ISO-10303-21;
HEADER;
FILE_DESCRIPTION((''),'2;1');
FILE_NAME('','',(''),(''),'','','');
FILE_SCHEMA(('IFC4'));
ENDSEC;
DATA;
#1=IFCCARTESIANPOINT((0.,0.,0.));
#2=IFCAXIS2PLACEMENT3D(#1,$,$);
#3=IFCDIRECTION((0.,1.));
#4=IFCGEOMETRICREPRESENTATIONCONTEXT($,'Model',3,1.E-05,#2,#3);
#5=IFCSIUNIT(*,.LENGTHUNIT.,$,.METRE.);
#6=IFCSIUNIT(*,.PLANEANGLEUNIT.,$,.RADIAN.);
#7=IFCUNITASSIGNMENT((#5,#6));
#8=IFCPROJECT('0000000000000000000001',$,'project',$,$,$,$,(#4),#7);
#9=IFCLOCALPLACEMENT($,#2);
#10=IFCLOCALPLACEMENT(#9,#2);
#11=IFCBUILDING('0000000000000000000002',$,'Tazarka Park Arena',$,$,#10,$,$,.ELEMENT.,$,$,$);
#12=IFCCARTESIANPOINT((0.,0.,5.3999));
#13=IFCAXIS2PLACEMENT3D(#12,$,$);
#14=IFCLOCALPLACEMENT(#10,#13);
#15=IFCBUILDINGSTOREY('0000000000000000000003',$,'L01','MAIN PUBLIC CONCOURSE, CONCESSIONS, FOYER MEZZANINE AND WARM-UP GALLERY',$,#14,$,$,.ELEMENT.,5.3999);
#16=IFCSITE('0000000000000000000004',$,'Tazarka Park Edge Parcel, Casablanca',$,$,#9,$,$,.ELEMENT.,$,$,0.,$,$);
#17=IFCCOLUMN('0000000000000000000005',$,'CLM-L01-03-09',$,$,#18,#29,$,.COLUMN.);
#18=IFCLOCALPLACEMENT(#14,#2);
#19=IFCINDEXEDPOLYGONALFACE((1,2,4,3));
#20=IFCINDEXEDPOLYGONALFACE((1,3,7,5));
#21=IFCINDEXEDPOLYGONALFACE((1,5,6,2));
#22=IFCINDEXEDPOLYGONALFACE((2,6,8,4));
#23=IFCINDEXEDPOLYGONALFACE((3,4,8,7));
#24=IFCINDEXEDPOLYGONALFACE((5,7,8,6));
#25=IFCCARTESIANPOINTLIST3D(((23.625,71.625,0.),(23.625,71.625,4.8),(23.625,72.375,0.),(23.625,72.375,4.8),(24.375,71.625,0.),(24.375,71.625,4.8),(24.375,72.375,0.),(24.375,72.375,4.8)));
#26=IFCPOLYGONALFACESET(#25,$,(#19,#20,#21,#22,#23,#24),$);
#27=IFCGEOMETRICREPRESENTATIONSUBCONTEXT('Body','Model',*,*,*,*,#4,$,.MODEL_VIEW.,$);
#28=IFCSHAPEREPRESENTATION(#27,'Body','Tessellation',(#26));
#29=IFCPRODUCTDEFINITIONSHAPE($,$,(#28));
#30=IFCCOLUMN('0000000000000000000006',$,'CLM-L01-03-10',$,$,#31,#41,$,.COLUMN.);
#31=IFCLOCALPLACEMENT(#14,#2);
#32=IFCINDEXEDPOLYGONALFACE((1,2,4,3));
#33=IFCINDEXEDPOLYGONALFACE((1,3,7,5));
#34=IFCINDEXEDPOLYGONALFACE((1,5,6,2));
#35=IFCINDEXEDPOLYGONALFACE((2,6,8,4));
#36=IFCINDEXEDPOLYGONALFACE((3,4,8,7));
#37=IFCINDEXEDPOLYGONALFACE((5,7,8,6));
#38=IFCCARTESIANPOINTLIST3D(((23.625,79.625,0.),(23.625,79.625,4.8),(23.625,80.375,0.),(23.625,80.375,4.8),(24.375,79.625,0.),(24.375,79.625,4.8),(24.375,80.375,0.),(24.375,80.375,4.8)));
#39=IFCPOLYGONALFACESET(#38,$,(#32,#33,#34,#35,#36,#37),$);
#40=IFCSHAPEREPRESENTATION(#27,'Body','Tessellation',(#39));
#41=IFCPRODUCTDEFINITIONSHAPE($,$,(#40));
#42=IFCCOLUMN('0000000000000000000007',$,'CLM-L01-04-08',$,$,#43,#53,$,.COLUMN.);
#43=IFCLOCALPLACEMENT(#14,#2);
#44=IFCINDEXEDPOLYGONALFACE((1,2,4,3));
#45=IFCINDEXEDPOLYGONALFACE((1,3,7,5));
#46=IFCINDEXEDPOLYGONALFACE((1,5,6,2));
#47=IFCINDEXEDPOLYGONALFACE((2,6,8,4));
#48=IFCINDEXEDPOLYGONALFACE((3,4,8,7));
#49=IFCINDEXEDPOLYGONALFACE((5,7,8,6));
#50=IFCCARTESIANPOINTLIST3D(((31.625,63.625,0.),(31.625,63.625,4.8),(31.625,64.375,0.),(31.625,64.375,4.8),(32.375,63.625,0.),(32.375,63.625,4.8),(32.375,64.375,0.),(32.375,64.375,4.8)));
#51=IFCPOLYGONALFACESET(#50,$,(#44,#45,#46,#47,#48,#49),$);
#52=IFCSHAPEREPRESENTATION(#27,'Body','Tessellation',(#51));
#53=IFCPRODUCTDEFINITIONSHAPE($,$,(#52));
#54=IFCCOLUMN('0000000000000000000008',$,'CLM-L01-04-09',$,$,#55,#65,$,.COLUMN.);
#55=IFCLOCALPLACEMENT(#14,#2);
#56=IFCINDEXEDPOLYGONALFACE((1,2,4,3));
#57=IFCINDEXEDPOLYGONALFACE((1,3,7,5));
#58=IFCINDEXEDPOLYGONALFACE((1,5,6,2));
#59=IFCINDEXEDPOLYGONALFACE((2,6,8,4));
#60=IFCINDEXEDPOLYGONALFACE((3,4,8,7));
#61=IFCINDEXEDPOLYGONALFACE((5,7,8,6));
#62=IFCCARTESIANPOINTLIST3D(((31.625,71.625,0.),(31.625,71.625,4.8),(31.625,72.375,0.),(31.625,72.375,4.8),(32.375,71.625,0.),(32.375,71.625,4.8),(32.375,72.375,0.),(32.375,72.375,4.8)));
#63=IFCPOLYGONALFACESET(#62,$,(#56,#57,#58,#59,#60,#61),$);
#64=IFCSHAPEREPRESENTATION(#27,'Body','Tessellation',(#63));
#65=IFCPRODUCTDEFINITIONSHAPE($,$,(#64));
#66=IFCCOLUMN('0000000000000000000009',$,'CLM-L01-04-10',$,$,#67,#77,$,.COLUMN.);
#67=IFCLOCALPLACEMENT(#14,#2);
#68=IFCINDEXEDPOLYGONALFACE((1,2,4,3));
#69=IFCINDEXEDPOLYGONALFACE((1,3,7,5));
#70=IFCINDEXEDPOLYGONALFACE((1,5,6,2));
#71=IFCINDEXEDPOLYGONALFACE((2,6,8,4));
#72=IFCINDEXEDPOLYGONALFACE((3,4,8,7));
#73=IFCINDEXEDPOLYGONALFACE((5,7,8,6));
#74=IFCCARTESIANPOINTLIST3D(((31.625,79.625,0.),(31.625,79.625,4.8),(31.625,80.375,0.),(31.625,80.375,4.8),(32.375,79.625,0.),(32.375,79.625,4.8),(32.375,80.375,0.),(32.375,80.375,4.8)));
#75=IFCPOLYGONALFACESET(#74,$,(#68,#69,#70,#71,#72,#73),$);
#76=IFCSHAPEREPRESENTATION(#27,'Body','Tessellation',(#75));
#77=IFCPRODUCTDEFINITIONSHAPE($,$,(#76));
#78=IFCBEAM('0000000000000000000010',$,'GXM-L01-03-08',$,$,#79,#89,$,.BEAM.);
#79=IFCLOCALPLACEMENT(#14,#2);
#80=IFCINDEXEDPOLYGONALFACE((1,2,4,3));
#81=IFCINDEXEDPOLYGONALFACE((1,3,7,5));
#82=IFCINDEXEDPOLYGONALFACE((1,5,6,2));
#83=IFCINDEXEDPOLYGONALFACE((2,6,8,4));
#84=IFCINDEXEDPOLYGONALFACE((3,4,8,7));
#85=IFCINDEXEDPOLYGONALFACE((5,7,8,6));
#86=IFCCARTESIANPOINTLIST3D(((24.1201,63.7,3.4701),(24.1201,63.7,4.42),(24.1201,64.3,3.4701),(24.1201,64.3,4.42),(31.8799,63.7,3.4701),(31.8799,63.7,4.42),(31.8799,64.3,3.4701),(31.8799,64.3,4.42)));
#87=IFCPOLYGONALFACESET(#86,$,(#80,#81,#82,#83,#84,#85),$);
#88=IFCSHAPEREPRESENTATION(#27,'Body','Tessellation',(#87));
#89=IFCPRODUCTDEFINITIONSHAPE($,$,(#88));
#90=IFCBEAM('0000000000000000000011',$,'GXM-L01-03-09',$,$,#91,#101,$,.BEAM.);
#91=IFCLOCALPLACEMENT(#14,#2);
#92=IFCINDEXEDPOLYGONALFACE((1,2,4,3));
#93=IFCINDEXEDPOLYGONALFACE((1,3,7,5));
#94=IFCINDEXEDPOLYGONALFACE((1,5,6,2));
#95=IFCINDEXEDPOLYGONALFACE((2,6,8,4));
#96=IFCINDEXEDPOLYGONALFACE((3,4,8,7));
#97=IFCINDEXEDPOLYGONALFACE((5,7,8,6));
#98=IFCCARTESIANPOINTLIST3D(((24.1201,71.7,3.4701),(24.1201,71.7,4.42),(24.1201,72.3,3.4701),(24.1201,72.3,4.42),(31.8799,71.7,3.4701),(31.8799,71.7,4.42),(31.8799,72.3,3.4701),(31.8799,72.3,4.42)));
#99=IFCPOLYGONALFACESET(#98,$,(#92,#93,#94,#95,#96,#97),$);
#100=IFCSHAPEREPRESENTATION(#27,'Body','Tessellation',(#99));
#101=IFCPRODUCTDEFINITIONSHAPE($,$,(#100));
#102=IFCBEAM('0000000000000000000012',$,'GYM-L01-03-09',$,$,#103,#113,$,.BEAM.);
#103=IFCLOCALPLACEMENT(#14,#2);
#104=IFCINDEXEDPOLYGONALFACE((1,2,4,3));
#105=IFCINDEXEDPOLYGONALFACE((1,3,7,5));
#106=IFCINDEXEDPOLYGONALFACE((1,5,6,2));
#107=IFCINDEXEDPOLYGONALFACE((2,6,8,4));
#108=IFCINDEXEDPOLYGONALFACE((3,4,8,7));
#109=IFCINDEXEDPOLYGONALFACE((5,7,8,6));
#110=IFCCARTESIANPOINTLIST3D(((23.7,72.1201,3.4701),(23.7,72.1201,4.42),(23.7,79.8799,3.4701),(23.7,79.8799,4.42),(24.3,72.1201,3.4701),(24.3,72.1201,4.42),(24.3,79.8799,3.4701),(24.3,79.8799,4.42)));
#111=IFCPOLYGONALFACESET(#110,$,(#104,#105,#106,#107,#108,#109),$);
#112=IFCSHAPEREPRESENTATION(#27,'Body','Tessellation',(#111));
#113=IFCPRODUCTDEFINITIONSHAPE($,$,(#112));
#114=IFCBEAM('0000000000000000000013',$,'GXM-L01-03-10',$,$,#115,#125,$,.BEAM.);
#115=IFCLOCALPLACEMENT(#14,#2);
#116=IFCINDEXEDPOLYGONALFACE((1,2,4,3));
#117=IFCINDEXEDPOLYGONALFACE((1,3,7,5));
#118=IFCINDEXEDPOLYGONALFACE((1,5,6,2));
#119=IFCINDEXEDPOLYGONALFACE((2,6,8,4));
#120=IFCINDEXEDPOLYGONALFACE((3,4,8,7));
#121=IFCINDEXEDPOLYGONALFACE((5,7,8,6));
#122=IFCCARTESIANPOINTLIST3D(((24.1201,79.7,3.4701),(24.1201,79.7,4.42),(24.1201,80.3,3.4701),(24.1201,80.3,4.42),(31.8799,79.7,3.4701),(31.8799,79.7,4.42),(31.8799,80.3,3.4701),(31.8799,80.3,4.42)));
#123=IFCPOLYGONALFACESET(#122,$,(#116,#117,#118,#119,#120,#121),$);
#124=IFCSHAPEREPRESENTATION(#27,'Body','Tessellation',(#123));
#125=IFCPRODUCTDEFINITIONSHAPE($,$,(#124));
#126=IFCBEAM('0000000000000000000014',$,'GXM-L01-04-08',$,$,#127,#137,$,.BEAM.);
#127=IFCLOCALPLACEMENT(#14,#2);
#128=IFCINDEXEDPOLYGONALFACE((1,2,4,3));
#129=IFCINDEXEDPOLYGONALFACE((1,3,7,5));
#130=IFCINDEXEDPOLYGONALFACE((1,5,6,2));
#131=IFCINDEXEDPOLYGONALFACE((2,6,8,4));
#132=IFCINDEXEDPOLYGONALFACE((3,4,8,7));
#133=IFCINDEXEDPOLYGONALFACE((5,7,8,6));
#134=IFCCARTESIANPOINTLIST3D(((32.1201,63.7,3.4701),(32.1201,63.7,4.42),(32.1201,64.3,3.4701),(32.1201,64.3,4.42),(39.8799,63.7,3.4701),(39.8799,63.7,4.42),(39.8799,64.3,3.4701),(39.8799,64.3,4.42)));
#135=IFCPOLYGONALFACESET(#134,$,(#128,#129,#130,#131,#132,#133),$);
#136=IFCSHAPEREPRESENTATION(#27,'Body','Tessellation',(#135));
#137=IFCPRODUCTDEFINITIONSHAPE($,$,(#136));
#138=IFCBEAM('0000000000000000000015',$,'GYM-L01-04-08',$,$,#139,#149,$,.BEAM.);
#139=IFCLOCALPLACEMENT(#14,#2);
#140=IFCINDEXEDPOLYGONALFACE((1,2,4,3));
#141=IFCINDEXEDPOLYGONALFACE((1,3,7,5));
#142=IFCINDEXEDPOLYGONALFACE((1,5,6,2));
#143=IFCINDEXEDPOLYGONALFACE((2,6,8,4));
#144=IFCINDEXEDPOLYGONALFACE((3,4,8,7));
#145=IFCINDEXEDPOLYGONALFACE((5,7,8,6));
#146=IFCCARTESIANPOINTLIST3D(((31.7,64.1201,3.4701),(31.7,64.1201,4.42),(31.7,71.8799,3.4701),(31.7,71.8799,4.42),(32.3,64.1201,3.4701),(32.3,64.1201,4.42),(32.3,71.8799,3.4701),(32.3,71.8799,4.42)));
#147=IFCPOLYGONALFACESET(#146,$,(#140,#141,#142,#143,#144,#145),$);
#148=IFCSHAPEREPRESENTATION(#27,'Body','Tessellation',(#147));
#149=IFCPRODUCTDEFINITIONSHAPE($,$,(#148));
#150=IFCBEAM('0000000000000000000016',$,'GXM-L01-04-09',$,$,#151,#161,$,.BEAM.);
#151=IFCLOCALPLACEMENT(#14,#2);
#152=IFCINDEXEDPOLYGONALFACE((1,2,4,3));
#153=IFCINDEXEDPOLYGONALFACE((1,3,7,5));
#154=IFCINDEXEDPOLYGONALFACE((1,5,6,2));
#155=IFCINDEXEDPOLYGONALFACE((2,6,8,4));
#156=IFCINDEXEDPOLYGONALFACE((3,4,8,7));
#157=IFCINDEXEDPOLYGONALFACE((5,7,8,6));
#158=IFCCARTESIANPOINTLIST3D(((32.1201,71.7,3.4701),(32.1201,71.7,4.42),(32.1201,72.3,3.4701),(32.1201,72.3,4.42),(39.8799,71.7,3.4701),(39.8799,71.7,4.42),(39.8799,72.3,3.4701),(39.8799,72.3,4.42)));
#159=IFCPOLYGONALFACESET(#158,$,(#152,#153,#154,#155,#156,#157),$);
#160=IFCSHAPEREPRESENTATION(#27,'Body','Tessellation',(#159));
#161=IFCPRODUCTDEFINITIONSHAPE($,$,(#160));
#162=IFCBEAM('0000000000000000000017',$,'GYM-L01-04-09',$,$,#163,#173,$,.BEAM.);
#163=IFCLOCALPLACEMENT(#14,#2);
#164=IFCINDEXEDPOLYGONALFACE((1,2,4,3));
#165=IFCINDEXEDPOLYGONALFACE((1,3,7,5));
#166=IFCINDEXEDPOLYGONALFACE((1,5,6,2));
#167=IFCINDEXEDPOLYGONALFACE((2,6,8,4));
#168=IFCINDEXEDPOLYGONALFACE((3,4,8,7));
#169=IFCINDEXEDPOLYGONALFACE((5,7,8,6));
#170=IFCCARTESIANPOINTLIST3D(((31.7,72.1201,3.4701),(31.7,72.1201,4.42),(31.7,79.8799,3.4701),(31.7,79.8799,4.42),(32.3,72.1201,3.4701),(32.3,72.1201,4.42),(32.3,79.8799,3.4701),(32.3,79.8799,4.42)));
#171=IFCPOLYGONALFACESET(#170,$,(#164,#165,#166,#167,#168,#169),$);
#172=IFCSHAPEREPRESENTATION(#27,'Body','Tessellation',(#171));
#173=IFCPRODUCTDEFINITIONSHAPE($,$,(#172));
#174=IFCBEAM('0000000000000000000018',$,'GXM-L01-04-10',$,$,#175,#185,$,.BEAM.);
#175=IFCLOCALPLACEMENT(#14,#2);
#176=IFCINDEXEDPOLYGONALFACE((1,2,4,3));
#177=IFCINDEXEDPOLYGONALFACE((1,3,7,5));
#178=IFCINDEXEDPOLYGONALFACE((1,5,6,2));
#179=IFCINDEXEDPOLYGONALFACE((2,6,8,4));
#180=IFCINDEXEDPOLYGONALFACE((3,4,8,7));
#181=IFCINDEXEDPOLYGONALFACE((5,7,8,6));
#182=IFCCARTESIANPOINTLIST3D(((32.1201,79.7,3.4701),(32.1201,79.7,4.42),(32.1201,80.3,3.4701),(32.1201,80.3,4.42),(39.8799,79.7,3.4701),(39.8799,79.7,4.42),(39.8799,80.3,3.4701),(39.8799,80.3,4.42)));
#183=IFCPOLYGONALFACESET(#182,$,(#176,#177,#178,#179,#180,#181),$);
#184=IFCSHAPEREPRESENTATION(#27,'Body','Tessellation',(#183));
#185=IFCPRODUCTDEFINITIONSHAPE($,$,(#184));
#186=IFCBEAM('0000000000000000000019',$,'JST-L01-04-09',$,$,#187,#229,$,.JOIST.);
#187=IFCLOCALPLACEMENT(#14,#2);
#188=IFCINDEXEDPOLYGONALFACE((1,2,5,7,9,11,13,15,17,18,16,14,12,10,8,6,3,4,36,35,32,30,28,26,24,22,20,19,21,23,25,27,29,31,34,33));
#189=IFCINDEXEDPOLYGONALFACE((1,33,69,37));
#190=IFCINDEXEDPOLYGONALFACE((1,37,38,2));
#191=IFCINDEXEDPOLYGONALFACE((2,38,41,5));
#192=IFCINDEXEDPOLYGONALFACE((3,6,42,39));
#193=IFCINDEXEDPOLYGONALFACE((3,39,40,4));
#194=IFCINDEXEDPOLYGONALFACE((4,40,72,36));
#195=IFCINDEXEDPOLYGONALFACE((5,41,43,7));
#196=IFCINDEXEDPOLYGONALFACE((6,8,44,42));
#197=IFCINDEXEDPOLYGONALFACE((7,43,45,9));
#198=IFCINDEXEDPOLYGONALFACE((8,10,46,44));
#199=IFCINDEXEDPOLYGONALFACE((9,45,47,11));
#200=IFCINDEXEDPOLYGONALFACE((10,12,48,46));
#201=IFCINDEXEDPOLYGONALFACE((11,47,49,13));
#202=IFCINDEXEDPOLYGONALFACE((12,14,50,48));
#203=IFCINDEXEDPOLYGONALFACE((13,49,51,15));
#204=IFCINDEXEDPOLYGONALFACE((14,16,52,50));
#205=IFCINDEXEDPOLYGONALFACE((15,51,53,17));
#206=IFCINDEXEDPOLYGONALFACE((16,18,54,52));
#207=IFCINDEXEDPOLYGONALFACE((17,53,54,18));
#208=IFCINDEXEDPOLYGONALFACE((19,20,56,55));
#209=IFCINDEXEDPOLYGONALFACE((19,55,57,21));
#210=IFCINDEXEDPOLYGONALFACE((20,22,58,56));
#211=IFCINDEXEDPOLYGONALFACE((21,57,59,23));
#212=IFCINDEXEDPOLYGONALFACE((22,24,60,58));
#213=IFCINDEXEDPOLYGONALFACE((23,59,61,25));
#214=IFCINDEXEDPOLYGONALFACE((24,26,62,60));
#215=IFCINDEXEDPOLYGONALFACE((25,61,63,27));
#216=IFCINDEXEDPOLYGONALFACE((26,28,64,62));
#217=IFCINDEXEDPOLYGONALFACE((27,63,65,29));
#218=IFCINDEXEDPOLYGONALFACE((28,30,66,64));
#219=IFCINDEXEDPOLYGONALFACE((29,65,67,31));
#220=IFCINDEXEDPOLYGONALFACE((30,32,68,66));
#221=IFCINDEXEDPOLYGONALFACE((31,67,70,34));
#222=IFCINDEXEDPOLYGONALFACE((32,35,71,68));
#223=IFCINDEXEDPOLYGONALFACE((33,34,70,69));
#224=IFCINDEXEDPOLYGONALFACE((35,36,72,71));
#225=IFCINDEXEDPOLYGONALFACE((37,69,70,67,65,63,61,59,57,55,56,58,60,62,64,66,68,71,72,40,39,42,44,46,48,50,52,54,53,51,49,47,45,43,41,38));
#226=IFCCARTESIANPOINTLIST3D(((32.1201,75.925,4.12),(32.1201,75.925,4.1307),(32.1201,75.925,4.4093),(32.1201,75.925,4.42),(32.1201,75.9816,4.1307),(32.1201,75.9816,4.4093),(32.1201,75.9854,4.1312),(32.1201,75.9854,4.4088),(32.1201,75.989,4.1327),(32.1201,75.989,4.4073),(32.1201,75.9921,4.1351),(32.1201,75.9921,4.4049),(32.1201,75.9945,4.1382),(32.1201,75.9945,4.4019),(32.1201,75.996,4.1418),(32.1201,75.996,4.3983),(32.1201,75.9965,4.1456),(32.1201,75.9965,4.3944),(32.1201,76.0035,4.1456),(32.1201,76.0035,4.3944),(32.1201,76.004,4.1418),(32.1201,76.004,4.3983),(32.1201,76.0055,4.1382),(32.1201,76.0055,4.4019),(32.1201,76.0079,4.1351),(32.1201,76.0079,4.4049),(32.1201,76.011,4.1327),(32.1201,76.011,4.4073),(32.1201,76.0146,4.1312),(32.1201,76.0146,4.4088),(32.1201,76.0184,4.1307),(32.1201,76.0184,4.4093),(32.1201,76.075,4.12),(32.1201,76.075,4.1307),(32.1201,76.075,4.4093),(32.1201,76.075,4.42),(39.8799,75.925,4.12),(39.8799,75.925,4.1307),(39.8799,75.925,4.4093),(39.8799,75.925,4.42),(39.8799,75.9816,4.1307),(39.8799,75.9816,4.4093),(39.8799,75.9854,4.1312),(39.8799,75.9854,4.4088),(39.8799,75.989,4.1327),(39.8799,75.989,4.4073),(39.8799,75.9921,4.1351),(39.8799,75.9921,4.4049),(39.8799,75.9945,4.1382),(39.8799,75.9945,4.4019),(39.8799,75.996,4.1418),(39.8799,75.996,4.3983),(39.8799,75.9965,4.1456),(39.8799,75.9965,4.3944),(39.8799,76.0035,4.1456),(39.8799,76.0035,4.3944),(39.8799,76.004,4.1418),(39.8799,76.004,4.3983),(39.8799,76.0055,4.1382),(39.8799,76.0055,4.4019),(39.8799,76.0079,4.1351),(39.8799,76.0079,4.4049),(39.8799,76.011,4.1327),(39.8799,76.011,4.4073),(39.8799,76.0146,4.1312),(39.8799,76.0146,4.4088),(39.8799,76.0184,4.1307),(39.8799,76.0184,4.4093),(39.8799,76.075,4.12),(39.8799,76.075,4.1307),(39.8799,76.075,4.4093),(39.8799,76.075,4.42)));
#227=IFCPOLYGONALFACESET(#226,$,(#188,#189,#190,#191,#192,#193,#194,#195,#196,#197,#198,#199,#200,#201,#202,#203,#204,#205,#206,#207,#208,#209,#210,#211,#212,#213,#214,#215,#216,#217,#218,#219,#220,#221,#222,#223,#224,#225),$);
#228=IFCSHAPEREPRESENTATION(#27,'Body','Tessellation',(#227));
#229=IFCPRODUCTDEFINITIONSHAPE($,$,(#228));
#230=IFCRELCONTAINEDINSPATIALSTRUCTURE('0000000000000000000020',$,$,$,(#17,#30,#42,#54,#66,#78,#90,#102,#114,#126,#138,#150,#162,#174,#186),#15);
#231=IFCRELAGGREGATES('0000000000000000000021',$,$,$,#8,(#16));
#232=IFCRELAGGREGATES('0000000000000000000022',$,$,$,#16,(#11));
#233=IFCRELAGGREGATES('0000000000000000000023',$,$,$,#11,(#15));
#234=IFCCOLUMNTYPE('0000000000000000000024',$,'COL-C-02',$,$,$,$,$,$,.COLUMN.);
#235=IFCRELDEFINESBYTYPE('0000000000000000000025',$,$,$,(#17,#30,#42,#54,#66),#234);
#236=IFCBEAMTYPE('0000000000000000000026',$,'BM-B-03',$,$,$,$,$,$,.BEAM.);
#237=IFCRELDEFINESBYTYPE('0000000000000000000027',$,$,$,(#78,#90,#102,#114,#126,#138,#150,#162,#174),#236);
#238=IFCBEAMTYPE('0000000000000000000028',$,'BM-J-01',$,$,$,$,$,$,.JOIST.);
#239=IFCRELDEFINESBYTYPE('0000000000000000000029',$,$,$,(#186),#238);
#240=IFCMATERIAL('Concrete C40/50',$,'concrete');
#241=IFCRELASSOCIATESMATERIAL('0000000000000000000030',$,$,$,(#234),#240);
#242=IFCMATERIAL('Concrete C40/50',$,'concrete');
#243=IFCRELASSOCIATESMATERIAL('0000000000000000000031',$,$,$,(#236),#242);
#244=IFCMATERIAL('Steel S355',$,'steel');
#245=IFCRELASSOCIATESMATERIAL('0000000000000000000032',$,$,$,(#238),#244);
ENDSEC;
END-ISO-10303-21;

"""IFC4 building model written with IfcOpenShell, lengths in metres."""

from ifc_helpers import new_model, si_unit, direction, frame, origin, origin_2d, place, context, subcontext, project, spatial, rectangle, i_section, extrude, material, material_profile, profile_set, type_object, element, save


model = new_model("IFC4")

# Units and contexts
model_context = context("Model", 3, precision=1e-05, world=origin(), true_north=direction((0.0, 1.0)))
body_context = subcontext(model_context, "Body", "Model", "MODEL_VIEW")
ifc_project = project(units=[si_unit("LENGTHUNIT", "METRE"), si_unit("PLANEANGLEUNIT", "RADIAN")], contexts=[model_context])

# Site, building, storey
site_placement = place(None, origin())
site = spatial("IfcSite", under=ifc_project, at=site_placement, Name="Tazarka Park Edge Parcel, Casablanca", CompositionType="ELEMENT", RefElevation=0.0)
building_placement = place(site_placement, origin())
building = spatial("IfcBuilding", under=site, at=building_placement, Name="Tazarka Park Arena", CompositionType="ELEMENT")
storey_placement = place(building_placement, frame((0.0, 0.0, 5.3999)))
storey = spatial("IfcBuildingStorey", under=building, at=storey_placement, Name="L01", Description="MAIN PUBLIC CONCOURSE, CONCESSIONS, FOYER MEZZANINE AND WARM-UP GALLERY", CompositionType="ELEMENT", Elevation=5.3999)

# Columns
ifc_material_1 = material(Name="Concrete C40/50", Category="concrete")
ifc_material_profile_1 = material_profile(ifc_material_1, rectangle(XDim=0.75, YDim=0.75, at=origin_2d()), Name="Concrete C40/50")
ifc_profile_set_1 = profile_set([ifc_material_profile_1], Name="Concrete C40/50")
column_type = type_object("IfcColumnType", Name="COL-C-02", PredefinedType="COLUMN", material=ifc_profile_set_1)
for number, where, z_axis, x_axis, name in (
    (1, (24.0, 72.0, 0.0), (0.0, 0.0, 1.0), (1.0, 0.0, 0.0), "CLM-L01-03-09"),
    (2, (24.0, 80.0, 0.0), (0.0, 0.0, 1.0), (1.0, 0.0, 0.0), "CLM-L01-03-10"),
    (3, (32.0, 64.0, 0.0), (0.0, 0.0, 1.0), (1.0, 0.0, 0.0), "CLM-L01-04-08"),
    (4, (32.0, 72.0, 0.0), (0.0, 0.0, 1.0), (1.0, 0.0, 0.0), "CLM-L01-04-09"),
    (5, (32.0, 80.0, 0.0), (0.0, 0.0, 1.0), (1.0, 0.0, 0.0), "CLM-L01-04-10"),
):
    element("IfcColumn", number, at=place(storey_placement, frame(where, z_axis=z_axis, x_axis=x_axis)), inside=storey, type_object=column_type, Name=name, PredefinedType="COLUMN", context=body_context, shape_type="SweptSolid", body=[
        extrude(rectangle(XDim=0.75, YDim=0.75, at=origin_2d()), origin(), (0.0, 0.0, 1.0), 4.8),
    ])

# Beams
ifc_material_2 = material(Name="Concrete C40/50", Category="concrete")
ifc_material_profile_2 = material_profile(ifc_material_2, rectangle(XDim=0.6001, YDim=0.95, at=origin_2d()), Name="Concrete C40/50")
ifc_profile_set_2 = profile_set([ifc_material_profile_2], Name="Concrete C40/50")
beam_type_1 = type_object("IfcBeamType", Name="BM-B-03", PredefinedType="BEAM", material=ifc_profile_set_2)
for number, where, z_axis, x_axis, name in (
    (6, (24.1201, 64.0, 3.9451), (1.0, 0.0, 0.0), (0.0, 1.0, 0.0), "GXM-L01-03-08"),
    (7, (24.1201, 72.0, 3.9451), (1.0, 0.0, 0.0), (0.0, 1.0, 0.0), "GXM-L01-03-09"),
    (8, (24.0, 72.1201, 3.9451), (0.0, 1.0, 0.0), (-1.0, 0.0, 0.0), "GYM-L01-03-09"),
    (9, (24.1201, 80.0, 3.9451), (1.0, 0.0, 0.0), (0.0, 1.0, 0.0), "GXM-L01-03-10"),
    (10, (32.1201, 64.0, 3.9451), (1.0, 0.0, 0.0), (0.0, 1.0, 0.0), "GXM-L01-04-08"),
    (11, (32.0, 64.1201, 3.9451), (0.0, 1.0, 0.0), (-1.0, 0.0, 0.0), "GYM-L01-04-08"),
    (12, (32.1201, 72.0, 3.9451), (1.0, 0.0, 0.0), (0.0, 1.0, 0.0), "GXM-L01-04-09"),
    (13, (32.0, 72.1201, 3.9451), (0.0, 1.0, 0.0), (-1.0, 0.0, 0.0), "GYM-L01-04-09"),
    (14, (32.1201, 80.0, 3.9451), (1.0, 0.0, 0.0), (0.0, 1.0, 0.0), "GXM-L01-04-10"),
):
    element("IfcBeam", number, at=place(storey_placement, frame(where, z_axis=z_axis, x_axis=x_axis)), inside=storey, type_object=beam_type_1, Name=name, PredefinedType="BEAM", context=body_context, shape_type="SweptSolid", body=[
        extrude(rectangle(XDim=0.6001, YDim=0.95, at=origin_2d()), origin(), (0.0, 0.0, 1.0), 7.7598),
    ])
ifc_material_3 = material(Name="Steel S355", Category="steel")
ifc_material_profile_3 = material_profile(ifc_material_3, i_section(OverallWidth=0.1499, OverallDepth=0.3, WebThickness=0.0071, FlangeThickness=0.0107, FilletRadius=0.0149, at=origin_2d()), Name="Steel S355")
ifc_profile_set_3 = profile_set([ifc_material_profile_3], Name="Steel S355")
beam_type_2 = type_object("IfcBeamType", Name="BM-J-01", PredefinedType="JOIST", material=ifc_profile_set_3)
beam_1_placement = place(storey_placement, frame((32.1201, 76.0, 4.27), z_axis=(1.0, 0.0, 0.0), x_axis=(0.0, 1.0, 0.0)))
element("IfcBeam", 15, at=beam_1_placement, inside=storey, type_object=beam_type_2, Name="JST-L01-04-09", PredefinedType="JOIST", context=body_context, shape_type="SweptSolid", body=[
    extrude(i_section(OverallWidth=0.1499, OverallDepth=0.3, WebThickness=0.0071, FlangeThickness=0.0107, FilletRadius=0.0149, at=origin_2d()), origin(), (0.0, 0.0, 1.0), 7.7598),
])

save(model, "model.ifc")
